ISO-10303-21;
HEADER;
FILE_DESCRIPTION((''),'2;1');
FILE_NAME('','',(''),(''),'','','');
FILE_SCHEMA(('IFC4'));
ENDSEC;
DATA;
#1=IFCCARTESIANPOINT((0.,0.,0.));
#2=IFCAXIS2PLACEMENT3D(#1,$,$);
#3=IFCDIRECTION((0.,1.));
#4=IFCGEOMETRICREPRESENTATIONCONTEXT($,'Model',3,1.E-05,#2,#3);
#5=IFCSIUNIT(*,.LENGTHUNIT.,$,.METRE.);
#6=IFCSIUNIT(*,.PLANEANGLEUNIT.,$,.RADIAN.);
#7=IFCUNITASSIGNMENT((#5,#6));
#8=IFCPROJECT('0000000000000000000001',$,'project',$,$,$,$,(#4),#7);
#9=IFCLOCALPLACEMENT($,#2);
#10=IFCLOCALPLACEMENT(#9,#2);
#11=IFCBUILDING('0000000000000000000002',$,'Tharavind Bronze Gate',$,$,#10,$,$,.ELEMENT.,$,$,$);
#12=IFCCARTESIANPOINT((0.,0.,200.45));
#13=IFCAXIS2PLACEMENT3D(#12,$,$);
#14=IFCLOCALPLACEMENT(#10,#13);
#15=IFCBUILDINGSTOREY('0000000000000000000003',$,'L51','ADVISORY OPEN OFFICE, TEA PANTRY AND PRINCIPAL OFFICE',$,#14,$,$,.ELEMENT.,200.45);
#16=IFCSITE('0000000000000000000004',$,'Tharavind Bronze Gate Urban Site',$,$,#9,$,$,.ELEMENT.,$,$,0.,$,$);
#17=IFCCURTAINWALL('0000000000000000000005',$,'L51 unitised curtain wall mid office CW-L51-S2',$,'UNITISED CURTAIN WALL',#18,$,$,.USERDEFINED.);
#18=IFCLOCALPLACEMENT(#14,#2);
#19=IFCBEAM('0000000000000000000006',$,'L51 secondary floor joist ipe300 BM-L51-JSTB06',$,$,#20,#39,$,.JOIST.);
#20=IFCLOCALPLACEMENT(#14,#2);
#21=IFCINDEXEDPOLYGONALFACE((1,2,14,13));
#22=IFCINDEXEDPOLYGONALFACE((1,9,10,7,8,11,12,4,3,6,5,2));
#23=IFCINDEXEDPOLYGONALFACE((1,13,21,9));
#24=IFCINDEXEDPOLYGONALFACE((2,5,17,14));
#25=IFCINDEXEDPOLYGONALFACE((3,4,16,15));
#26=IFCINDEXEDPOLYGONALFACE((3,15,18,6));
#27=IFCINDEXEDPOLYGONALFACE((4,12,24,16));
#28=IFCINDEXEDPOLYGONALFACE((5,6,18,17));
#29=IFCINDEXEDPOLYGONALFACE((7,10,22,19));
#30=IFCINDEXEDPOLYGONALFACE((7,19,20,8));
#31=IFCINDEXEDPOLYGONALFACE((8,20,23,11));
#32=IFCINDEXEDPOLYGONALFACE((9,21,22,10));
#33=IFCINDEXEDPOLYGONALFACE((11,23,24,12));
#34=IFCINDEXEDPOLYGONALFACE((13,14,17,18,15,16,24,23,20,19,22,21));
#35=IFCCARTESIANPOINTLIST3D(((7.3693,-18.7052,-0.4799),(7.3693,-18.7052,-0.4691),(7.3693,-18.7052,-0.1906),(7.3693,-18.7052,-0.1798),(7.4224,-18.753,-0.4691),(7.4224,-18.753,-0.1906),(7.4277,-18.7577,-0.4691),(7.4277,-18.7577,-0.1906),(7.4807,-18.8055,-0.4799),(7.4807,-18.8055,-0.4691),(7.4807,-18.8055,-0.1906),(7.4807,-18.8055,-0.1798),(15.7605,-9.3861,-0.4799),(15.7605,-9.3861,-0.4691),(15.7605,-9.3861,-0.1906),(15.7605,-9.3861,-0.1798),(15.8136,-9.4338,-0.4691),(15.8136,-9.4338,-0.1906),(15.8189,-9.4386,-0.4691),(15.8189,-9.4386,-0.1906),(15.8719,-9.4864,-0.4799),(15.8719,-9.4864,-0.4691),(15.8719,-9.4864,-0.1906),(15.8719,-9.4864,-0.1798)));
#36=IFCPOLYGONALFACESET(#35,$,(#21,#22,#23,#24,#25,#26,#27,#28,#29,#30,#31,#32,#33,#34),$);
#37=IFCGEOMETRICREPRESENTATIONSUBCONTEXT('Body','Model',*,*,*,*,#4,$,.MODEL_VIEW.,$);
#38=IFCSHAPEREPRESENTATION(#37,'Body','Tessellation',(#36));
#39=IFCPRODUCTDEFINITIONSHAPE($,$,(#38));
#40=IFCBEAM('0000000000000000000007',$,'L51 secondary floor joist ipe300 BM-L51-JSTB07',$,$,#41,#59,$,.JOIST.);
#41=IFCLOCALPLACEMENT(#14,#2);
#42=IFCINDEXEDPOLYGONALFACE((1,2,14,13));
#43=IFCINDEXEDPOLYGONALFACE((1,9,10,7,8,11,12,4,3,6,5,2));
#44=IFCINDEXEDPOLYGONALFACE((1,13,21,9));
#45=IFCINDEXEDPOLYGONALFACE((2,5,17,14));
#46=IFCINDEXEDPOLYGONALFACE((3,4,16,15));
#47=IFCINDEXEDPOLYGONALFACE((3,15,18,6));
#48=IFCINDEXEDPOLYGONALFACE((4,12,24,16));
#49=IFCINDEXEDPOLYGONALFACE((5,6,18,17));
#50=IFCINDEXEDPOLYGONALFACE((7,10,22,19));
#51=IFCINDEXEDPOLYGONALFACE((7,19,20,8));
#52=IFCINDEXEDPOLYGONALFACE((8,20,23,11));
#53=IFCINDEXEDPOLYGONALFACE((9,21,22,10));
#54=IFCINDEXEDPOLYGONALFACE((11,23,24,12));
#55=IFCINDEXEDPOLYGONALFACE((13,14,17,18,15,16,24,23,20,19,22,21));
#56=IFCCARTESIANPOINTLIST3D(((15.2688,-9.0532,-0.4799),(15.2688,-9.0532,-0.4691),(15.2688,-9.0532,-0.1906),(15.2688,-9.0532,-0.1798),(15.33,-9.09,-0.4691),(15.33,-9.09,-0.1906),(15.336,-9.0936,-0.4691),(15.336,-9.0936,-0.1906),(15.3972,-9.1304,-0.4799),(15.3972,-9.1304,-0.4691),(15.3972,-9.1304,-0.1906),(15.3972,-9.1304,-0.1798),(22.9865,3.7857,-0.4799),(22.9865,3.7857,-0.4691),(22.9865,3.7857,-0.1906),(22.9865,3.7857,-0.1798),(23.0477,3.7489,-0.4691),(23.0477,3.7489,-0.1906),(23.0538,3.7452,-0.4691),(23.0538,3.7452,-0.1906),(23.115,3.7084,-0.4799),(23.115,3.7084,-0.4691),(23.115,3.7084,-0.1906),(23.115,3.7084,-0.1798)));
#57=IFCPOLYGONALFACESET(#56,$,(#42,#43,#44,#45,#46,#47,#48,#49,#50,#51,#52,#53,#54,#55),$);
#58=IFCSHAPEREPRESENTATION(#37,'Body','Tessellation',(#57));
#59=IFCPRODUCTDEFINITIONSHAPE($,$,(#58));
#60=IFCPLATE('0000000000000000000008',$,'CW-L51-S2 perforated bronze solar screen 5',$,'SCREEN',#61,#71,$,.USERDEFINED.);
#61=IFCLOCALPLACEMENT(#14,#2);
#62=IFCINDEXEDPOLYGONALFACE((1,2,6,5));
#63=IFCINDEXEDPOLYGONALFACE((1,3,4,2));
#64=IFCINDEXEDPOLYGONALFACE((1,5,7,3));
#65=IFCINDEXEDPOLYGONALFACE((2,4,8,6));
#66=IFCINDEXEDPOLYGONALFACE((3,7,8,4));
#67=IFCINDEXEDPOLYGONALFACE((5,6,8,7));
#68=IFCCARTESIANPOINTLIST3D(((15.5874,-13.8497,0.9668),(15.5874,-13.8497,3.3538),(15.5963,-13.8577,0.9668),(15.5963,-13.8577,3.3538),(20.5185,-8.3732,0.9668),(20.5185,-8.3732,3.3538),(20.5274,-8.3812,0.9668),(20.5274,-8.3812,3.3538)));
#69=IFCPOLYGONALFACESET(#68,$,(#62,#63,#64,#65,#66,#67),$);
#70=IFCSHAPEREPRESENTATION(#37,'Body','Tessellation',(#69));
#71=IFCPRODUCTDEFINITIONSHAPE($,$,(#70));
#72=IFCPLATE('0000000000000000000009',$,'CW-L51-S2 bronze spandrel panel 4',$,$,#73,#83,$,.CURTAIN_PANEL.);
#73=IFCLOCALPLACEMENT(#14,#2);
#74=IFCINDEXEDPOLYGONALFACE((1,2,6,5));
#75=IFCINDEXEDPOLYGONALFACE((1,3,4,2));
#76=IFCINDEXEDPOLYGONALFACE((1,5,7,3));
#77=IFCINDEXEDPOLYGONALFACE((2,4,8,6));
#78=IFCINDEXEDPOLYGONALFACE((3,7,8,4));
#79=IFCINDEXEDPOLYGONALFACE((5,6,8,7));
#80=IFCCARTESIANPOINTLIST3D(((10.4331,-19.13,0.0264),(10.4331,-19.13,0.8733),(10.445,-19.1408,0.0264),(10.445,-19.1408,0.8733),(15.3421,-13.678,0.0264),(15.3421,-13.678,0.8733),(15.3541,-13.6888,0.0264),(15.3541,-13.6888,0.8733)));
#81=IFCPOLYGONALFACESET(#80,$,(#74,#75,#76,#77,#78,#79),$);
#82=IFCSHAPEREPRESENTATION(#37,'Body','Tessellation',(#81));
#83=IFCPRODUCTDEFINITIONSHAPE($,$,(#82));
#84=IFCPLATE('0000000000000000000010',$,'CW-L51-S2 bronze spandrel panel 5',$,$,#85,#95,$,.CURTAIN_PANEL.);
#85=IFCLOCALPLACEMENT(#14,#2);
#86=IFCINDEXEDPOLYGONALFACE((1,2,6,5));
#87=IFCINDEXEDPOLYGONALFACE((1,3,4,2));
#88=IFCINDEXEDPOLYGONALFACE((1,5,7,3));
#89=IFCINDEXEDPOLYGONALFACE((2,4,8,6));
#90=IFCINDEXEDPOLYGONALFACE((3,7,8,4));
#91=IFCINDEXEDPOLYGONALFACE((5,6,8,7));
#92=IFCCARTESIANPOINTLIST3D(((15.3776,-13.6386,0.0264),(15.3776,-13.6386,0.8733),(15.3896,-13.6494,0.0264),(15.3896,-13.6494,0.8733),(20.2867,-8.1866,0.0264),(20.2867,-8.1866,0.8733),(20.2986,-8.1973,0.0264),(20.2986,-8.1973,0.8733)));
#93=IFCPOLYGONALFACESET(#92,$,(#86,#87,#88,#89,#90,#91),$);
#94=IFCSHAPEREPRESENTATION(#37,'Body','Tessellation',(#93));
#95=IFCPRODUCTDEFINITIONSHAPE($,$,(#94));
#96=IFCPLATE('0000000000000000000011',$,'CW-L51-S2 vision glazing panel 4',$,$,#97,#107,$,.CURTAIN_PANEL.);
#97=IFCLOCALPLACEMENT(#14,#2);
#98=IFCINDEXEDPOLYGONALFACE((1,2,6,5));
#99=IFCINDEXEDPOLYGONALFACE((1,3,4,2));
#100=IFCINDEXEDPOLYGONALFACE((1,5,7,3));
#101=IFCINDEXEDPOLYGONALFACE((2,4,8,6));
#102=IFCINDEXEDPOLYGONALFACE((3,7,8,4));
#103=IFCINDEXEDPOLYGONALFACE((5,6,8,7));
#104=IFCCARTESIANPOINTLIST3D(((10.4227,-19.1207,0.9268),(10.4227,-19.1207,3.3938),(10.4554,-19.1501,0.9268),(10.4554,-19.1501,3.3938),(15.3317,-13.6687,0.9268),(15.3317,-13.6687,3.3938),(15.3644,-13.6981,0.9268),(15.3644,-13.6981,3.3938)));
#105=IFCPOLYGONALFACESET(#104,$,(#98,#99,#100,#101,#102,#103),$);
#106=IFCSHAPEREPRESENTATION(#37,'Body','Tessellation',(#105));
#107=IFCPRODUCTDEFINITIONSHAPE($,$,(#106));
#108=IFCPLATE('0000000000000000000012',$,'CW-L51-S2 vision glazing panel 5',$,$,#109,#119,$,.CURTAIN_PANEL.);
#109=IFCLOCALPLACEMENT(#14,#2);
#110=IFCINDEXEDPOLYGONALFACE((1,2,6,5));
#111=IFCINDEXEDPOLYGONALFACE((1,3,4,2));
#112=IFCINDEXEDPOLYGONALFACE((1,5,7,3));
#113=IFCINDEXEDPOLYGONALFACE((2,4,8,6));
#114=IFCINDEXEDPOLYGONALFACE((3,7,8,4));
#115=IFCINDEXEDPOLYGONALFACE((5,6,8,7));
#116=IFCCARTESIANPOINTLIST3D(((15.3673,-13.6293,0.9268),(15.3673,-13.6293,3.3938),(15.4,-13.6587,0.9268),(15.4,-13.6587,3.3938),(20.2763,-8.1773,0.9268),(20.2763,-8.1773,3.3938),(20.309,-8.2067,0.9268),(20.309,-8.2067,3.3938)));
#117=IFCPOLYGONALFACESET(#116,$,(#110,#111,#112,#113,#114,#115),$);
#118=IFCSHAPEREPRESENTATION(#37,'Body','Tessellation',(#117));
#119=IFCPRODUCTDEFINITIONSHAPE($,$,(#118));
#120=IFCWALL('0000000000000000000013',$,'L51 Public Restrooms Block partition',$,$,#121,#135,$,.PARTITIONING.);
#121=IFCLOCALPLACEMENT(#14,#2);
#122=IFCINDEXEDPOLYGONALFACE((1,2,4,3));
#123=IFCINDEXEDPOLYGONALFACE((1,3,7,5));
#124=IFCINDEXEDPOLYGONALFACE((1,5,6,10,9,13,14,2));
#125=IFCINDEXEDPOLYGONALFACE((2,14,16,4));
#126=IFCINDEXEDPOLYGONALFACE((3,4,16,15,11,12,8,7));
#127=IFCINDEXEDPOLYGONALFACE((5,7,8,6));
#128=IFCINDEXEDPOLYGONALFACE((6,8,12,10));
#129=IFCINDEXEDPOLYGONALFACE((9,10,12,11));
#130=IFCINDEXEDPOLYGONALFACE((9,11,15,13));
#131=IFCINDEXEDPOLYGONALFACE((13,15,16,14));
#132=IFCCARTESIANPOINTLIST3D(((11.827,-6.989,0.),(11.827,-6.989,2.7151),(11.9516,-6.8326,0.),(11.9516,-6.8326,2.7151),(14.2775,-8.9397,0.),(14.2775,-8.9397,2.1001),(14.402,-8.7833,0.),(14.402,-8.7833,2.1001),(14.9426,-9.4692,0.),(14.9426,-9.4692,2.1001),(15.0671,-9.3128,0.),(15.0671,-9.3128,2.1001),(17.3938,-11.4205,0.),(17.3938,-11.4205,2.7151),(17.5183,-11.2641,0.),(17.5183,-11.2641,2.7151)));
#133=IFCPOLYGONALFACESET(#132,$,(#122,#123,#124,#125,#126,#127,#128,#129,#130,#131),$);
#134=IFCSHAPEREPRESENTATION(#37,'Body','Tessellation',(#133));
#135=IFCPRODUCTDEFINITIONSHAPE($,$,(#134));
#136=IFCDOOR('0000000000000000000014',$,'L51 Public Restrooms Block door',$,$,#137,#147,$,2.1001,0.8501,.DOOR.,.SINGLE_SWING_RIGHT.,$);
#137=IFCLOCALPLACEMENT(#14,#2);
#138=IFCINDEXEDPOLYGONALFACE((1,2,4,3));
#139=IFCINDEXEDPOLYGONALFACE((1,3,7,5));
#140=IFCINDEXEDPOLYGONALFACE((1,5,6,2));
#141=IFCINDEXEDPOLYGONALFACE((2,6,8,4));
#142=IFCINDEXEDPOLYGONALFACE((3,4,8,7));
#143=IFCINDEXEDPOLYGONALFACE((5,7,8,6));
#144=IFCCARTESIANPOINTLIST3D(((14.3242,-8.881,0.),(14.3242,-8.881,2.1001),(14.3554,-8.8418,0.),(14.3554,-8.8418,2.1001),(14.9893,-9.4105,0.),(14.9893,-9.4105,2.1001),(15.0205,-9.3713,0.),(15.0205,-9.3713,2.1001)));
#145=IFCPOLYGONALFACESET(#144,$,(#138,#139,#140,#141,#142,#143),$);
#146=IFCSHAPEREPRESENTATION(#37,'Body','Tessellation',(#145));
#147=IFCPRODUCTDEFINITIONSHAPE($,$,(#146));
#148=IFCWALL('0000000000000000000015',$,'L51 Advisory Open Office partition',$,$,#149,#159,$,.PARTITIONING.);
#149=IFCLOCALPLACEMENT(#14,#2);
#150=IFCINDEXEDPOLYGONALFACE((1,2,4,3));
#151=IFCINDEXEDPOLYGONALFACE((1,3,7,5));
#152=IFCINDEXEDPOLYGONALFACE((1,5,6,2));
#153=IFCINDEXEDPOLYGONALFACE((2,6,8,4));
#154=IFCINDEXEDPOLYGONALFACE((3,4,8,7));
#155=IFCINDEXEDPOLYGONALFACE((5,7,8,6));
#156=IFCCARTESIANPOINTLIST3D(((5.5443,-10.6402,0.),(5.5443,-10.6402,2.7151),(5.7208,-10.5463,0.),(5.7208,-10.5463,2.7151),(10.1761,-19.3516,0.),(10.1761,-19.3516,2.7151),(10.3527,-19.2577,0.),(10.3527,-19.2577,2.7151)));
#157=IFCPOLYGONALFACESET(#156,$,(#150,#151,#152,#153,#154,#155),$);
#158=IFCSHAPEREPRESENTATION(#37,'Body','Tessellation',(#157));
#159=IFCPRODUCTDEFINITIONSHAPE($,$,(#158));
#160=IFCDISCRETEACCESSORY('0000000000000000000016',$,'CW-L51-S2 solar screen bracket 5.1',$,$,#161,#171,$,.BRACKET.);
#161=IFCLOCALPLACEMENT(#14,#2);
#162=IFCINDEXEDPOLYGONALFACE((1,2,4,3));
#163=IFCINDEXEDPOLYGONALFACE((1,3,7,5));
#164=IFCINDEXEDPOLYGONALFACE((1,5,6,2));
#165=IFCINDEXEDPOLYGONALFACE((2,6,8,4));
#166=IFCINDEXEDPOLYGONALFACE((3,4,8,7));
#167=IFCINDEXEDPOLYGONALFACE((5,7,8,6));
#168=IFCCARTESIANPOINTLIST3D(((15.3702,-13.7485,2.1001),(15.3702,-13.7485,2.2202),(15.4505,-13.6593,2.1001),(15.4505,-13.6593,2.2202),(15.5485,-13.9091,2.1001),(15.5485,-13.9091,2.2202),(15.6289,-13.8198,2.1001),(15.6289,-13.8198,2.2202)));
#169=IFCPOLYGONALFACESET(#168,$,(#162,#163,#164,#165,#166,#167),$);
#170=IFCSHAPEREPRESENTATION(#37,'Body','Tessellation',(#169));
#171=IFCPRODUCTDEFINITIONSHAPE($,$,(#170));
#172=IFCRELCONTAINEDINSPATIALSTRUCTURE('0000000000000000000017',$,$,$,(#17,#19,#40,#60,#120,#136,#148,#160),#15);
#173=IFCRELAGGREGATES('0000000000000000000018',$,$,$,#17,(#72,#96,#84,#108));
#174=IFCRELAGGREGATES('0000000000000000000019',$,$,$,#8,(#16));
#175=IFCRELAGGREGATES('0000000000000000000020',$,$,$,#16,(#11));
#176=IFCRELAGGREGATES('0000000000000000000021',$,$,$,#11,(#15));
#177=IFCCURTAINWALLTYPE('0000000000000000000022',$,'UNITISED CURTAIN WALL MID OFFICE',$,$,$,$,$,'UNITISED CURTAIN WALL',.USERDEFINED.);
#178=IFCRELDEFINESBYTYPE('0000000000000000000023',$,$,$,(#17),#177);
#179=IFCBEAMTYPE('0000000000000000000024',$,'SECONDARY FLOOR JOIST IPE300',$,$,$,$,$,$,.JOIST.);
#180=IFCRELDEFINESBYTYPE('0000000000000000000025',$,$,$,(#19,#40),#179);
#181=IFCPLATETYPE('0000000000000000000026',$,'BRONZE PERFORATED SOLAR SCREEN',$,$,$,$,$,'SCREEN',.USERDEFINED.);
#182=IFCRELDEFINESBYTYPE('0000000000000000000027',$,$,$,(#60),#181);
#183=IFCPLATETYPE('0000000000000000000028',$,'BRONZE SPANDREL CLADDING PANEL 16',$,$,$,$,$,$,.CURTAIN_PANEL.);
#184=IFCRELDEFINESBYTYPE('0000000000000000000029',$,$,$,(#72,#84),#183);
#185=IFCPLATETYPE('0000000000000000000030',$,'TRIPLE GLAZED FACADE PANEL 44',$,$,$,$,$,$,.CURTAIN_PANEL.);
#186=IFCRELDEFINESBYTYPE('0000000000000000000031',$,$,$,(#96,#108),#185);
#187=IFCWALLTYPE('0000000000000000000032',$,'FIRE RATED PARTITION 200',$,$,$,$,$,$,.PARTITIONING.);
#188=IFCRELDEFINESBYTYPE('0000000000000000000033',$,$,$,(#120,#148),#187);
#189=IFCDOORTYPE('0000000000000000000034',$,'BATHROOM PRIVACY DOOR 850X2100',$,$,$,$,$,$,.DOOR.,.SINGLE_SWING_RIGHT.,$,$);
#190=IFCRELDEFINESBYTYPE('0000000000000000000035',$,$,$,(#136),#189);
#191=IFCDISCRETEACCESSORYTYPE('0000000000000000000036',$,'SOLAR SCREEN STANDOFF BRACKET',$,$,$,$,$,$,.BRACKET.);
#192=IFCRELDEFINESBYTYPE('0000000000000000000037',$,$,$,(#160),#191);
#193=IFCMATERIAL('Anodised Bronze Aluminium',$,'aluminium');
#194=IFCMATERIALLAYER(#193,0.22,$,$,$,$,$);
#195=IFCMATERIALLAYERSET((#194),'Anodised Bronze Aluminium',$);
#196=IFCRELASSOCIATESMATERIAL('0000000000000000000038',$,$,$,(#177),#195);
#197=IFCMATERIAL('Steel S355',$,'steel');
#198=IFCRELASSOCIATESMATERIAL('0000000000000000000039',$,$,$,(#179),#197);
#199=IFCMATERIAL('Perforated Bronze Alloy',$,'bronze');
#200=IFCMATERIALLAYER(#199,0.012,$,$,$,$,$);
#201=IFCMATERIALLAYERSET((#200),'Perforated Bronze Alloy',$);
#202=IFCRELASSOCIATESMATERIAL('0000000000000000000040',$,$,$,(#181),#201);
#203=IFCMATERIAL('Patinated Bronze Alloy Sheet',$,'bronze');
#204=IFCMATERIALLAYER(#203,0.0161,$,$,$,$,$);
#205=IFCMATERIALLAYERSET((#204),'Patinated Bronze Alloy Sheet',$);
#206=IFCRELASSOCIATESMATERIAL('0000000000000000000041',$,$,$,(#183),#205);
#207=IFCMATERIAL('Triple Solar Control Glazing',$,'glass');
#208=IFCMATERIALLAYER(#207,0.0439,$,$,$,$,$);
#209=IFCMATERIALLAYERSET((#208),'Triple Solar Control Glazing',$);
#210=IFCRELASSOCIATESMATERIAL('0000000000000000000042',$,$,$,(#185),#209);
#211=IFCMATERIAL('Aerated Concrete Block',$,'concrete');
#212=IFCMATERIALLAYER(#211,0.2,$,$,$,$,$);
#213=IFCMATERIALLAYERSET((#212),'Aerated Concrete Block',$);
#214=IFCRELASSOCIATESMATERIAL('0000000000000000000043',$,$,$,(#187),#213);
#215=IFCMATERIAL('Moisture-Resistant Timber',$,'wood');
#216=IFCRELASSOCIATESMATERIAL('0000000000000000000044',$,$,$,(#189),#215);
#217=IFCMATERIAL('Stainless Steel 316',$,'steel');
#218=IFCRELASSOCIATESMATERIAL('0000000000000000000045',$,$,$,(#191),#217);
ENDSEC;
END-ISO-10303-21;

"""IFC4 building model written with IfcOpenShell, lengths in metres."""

from ifc_helpers import new_model, si_unit, direction, frame, frame_2d, origin, origin_2d, place, context, subcontext, project, spatial, rectangle, i_section, extrude, material, layer, layer_set, material_profile, profile_set, type_object, element, fill, aggregate, save


model = new_model("IFC4")

# Units and contexts
model_context = context("Model", 3, precision=1e-05, world=origin(), true_north=direction((0.0, 1.0)))
body_context = subcontext(model_context, "Body", "Model", "MODEL_VIEW")
ifc_project = project(units=[si_unit("LENGTHUNIT", "METRE"), si_unit("PLANEANGLEUNIT", "RADIAN")], contexts=[model_context])

# Site, building, storey
site_placement = place(None, origin())
site = spatial("IfcSite", under=ifc_project, at=site_placement, Name="Tharavind Bronze Gate Urban Site", CompositionType="ELEMENT", RefElevation=0.0)
building_placement = place(site_placement, origin())
building = spatial("IfcBuilding", under=site, at=building_placement, Name="Tharavind Bronze Gate", CompositionType="ELEMENT")
storey_placement = place(building_placement, frame((0.0, 0.0, 200.45)))
storey = spatial("IfcBuildingStorey", under=building, at=storey_placement, Name="L51", Description="ADVISORY OPEN OFFICE, TEA PANTRY AND PRINCIPAL OFFICE", CompositionType="ELEMENT", Elevation=200.45)

# Curtain wall
ifc_material_1 = material(Name="Anodised Bronze Aluminium", Category="aluminium")
ifc_layer_1 = layer(ifc_material_1, 0.22)
ifc_layer_set_1 = layer_set([ifc_layer_1], Name="Anodised Bronze Aluminium")
curtain_wall_type = type_object("IfcCurtainWallType", Name="UNITISED CURTAIN WALL MID OFFICE", ElementType="UNITISED CURTAIN WALL", PredefinedType="USERDEFINED", material=ifc_layer_set_1)
curtain_wall_placement = place(storey_placement, origin())
curtain_wall = element("IfcCurtainWall", 1, at=curtain_wall_placement, inside=storey, type_object=curtain_wall_type, Name="L51 unitised curtain wall mid office CW-L51-S2", ObjectType="UNITISED CURTAIN WALL", PredefinedType="USERDEFINED")

# Beams
ifc_material_2 = material(Name="Steel S355", Category="steel")
ifc_material_profile_1 = material_profile(ifc_material_2, i_section(OverallWidth=0.1499, OverallDepth=0.3, WebThickness=0.0071, FlangeThickness=0.0107, at=origin_2d()), Name="IPE300")
ifc_profile_set_1 = profile_set([ifc_material_profile_1], Name="Steel S355")
beam_type_1 = type_object("IfcBeamType", Name="SECONDARY FLOOR JOIST IPE300", PredefinedType="JOIST", material=ifc_profile_set_1)
beam_1_placement = place(storey_placement, frame((7.425, -18.7554, -0.3298), z_axis=(0.669138, 0.743138, 0.0), x_axis=(-0.743138, 0.669138, 0.0)))
element("IfcBeam", 2, at=beam_1_placement, inside=storey, type_object=beam_type_1, Name="L51 secondary floor joist ipe300 BM-L51-JSTB06", PredefinedType="JOIST", context=body_context, shape_type="SweptSolid", body=[
    extrude(i_section(OverallWidth=0.1499, OverallDepth=0.3, WebThickness=0.0071, FlangeThickness=0.0107, at=origin_2d()), origin(), (0.0, 0.0, 1.0), 12.5403),
])
beam_2_placement = place(storey_placement, frame((15.333, -9.0918, -0.3298), z_axis=(0.515205, 0.857067, 0.0), x_axis=(-0.857067, 0.515205, 0.0)))
element("IfcBeam", 3, at=beam_2_placement, inside=storey, type_object=beam_type_1, Name="L51 secondary floor joist ipe300 BM-L51-JSTB07", PredefinedType="JOIST", context=body_context, shape_type="SweptSolid", body=[
    extrude(i_section(OverallWidth=0.1499, OverallDepth=0.3, WebThickness=0.0071, FlangeThickness=0.0107, at=origin_2d()), origin(), (0.0, 0.0, 1.0), 14.98),
])

# Plates
ifc_material_3 = material(Name="Perforated Bronze Alloy", Category="bronze")
ifc_layer_2 = layer(ifc_material_3, 0.012)
ifc_layer_set_2 = layer_set([ifc_layer_2], Name="Perforated Bronze Alloy")
plate_type_1 = type_object("IfcPlateType", Name="BRONZE PERFORATED SOLAR SCREEN", ElementType="SCREEN", PredefinedType="USERDEFINED", material=ifc_layer_set_2)
plate_1_placement = place(storey_placement, frame((18.0574, -11.1155, 0.9668), z_axis=(0.0, 0.0, 1.0), x_axis=(0.669131, 0.743145, 0.0)))
element("IfcPlate", 4, at=plate_1_placement, inside=storey, type_object=plate_type_1, Name="CW-L51-S2 perforated bronze solar screen 5", ObjectType="SCREEN", PredefinedType="USERDEFINED", context=body_context, shape_type="SweptSolid", body=[
    extrude(rectangle(XDim=7.3694, YDim=0.012, at=origin_2d()), origin(), (0.0, 0.0, 1.0), 2.387),
])
ifc_material_4 = material(Name="Patinated Bronze Alloy Sheet", Category="bronze")
ifc_layer_3 = layer(ifc_material_4, 0.0161)
ifc_layer_set_3 = layer_set([ifc_layer_3], Name="Patinated Bronze Alloy Sheet")
plate_type_2 = type_object("IfcPlateType", Name="BRONZE SPANDREL CLADDING PANEL 16", PredefinedType="CURTAIN_PANEL", material=ifc_layer_set_3)
plate_2_placement = place(storey_placement, frame((12.8936, -16.4094, 0.0264), z_axis=(0.0, 0.0, 1.0), x_axis=(0.669131, 0.743145, 0.0)))
plate_2 = element("IfcPlate", 5, at=plate_2_placement, type_object=plate_type_2, Name="CW-L51-S2 bronze spandrel panel 4", PredefinedType="CURTAIN_PANEL", context=body_context, shape_type="SweptSolid", body=[
    extrude(rectangle(XDim=7.3364, YDim=0.0161, at=origin_2d()), origin(), (0.0, 0.0, 1.0), 0.8469),
])
plate_3_placement = place(storey_placement, frame((17.8381, -10.918, 0.0264), z_axis=(0.0, 0.0, 1.0), x_axis=(0.669131, 0.743145, 0.0)))
plate_3 = element("IfcPlate", 6, at=plate_3_placement, type_object=plate_type_2, Name="CW-L51-S2 bronze spandrel panel 5", PredefinedType="CURTAIN_PANEL", context=body_context, shape_type="SweptSolid", body=[
    extrude(rectangle(XDim=7.3364, YDim=0.0161, at=origin_2d()), origin(), (0.0, 0.0, 1.0), 0.8469),
])
ifc_material_5 = material(Name="Triple Solar Control Glazing", Category="glass")
ifc_layer_4 = layer(ifc_material_5, 0.0439)
ifc_layer_set_4 = layer_set([ifc_layer_4], Name="Triple Solar Control Glazing")
plate_type_3 = type_object("IfcPlateType", Name="TRIPLE GLAZED FACADE PANEL 44", PredefinedType="CURTAIN_PANEL", material=ifc_layer_set_4)
plate_4_placement = place(storey_placement, frame((12.8936, -16.4094, 0.9268), z_axis=(0.0, 0.0, 1.0), x_axis=(0.669131, 0.743145, 0.0)))
plate_4 = element("IfcPlate", 7, at=plate_4_placement, type_object=plate_type_3, Name="CW-L51-S2 vision glazing panel 4", PredefinedType="CURTAIN_PANEL", context=body_context, shape_type="SweptSolid", body=[
    extrude(rectangle(XDim=7.3364, YDim=0.0439, at=origin_2d()), origin(), (0.0, 0.0, 1.0), 2.467),
])
plate_5_placement = place(storey_placement, frame((17.8381, -10.918, 0.9268), z_axis=(0.0, 0.0, 1.0), x_axis=(0.669131, 0.743145, 0.0)))
plate_5 = element("IfcPlate", 8, at=plate_5_placement, type_object=plate_type_3, Name="CW-L51-S2 vision glazing panel 5", PredefinedType="CURTAIN_PANEL", context=body_context, shape_type="SweptSolid", body=[
    extrude(rectangle(XDim=7.3364, YDim=0.0439, at=origin_2d()), origin(), (0.0, 0.0, 1.0), 2.467),
])
aggregate(curtain_wall, [plate_2, plate_4, plate_3, plate_5])

# Wall, opening, door
ifc_material_6 = material(Name="Aerated Concrete Block", Category="concrete")
ifc_layer_5 = layer(ifc_material_6, 0.2)
ifc_layer_set_5 = layer_set([ifc_layer_5], Name="Aerated Concrete Block")
wall_type = type_object("IfcWallType", Name="FIRE RATED PARTITION 200", PredefinedType="PARTITIONING", material=ifc_layer_set_5)
wall_1_placement = place(storey_placement, frame((17.4561, -11.3423, 0.0), z_axis=(0.0, 0.0, 1.0), x_axis=(-0.78237, 0.622814, 0.0)))
wall_1 = element("IfcWall", 9, at=wall_1_placement, inside=storey, type_object=wall_type, Name="L51 Public Restrooms Block partition", PredefinedType="PARTITIONING", context=body_context, shape_type="SweptSolid", body=[
    extrude(rectangle(XDim=7.1152, YDim=0.2, at=frame_2d((3.5576, 0.0))), origin(), (0.0, 0.0, 1.0), 2.7151),
])
opening_placement = place(wall_1_placement, frame((3.1331, 0.0, 0.0)))
opening = element("IfcOpeningElement", 10, at=opening_placement, cuts=wall_1, PredefinedType="OPENING", context=body_context, shape_type="SweptSolid", body=[
    extrude(rectangle(XDim=0.8501, YDim=2.1001, at=frame_2d((0.425, 1.05))), frame((0.0, 0.1101, 0.0), z_axis=(0.0, -1.0, 0.0), x_axis=(1.0, 0.0, 0.0)), (0.0, 0.0, 1.0), 0.22),
])
ifc_material_7 = material(Name="Moisture-Resistant Timber", Category="wood")
door_type = type_object("IfcDoorType", Name="BATHROOM PRIVACY DOOR 850X2100", OperationType="SINGLE_SWING_RIGHT", PredefinedType="DOOR", material=ifc_material_7)
door_placement = place(opening_placement, origin())
door = element("IfcDoor", 11, at=door_placement, inside=storey, type_object=door_type, Name="L51 Public Restrooms Block door", OperationType="SINGLE_SWING_RIGHT", OverallHeight=2.1001, OverallWidth=0.8501, PredefinedType="DOOR", context=body_context, shape_type="SweptSolid", body=[
    extrude(rectangle(XDim=0.8501, YDim=2.1001, at=frame_2d((0.425, 1.05))), frame((0.0, 0.0249, 0.0), z_axis=(0.0, -1.0, 0.0), x_axis=(1.0, 0.0, 0.0)), (0.0, 0.0, 1.0), 0.05),
])
fill(opening, door)

# Wall
wall_2_placement = place(storey_placement, frame((5.6326, -10.5933, 0.0), z_axis=(0.0, 0.0, 1.0), x_axis=(0.469463, -0.882952, 0.0)))
element("IfcWall", 12, at=wall_2_placement, inside=storey, type_object=wall_type, Name="L51 Advisory Open Office partition", PredefinedType="PARTITIONING", context=body_context, shape_type="SweptSolid", body=[
    extrude(rectangle(XDim=9.8662, YDim=0.2, at=frame_2d((4.9331, 0.0))), origin(), (0.0, 0.0, 1.0), 2.7151),
])

# Discrete accessory
ifc_material_8 = material(Name="Stainless Steel 316", Category="steel")
discrete_accessory_type = type_object("IfcDiscreteAccessoryType", Name="SOLAR SCREEN STANDOFF BRACKET", PredefinedType="BRACKET", material=ifc_material_8)
discrete_accessory_placement = place(storey_placement, frame((15.4995, -13.7842, 2.1001), z_axis=(0.0, 0.0, 1.0), x_axis=(0.669131, 0.743145, 0.0)))
element("IfcDiscreteAccessory", 13, at=discrete_accessory_placement, inside=storey, type_object=discrete_accessory_type, Name="CW-L51-S2 solar screen bracket 5.1", PredefinedType="BRACKET", context=body_context, shape_type="SweptSolid", body=[
    extrude(rectangle(XDim=0.1201, YDim=0.24, at=origin_2d()), origin(), (0.0, 0.0, 1.0), 0.1201),
])

save(model, "model.ifc")
